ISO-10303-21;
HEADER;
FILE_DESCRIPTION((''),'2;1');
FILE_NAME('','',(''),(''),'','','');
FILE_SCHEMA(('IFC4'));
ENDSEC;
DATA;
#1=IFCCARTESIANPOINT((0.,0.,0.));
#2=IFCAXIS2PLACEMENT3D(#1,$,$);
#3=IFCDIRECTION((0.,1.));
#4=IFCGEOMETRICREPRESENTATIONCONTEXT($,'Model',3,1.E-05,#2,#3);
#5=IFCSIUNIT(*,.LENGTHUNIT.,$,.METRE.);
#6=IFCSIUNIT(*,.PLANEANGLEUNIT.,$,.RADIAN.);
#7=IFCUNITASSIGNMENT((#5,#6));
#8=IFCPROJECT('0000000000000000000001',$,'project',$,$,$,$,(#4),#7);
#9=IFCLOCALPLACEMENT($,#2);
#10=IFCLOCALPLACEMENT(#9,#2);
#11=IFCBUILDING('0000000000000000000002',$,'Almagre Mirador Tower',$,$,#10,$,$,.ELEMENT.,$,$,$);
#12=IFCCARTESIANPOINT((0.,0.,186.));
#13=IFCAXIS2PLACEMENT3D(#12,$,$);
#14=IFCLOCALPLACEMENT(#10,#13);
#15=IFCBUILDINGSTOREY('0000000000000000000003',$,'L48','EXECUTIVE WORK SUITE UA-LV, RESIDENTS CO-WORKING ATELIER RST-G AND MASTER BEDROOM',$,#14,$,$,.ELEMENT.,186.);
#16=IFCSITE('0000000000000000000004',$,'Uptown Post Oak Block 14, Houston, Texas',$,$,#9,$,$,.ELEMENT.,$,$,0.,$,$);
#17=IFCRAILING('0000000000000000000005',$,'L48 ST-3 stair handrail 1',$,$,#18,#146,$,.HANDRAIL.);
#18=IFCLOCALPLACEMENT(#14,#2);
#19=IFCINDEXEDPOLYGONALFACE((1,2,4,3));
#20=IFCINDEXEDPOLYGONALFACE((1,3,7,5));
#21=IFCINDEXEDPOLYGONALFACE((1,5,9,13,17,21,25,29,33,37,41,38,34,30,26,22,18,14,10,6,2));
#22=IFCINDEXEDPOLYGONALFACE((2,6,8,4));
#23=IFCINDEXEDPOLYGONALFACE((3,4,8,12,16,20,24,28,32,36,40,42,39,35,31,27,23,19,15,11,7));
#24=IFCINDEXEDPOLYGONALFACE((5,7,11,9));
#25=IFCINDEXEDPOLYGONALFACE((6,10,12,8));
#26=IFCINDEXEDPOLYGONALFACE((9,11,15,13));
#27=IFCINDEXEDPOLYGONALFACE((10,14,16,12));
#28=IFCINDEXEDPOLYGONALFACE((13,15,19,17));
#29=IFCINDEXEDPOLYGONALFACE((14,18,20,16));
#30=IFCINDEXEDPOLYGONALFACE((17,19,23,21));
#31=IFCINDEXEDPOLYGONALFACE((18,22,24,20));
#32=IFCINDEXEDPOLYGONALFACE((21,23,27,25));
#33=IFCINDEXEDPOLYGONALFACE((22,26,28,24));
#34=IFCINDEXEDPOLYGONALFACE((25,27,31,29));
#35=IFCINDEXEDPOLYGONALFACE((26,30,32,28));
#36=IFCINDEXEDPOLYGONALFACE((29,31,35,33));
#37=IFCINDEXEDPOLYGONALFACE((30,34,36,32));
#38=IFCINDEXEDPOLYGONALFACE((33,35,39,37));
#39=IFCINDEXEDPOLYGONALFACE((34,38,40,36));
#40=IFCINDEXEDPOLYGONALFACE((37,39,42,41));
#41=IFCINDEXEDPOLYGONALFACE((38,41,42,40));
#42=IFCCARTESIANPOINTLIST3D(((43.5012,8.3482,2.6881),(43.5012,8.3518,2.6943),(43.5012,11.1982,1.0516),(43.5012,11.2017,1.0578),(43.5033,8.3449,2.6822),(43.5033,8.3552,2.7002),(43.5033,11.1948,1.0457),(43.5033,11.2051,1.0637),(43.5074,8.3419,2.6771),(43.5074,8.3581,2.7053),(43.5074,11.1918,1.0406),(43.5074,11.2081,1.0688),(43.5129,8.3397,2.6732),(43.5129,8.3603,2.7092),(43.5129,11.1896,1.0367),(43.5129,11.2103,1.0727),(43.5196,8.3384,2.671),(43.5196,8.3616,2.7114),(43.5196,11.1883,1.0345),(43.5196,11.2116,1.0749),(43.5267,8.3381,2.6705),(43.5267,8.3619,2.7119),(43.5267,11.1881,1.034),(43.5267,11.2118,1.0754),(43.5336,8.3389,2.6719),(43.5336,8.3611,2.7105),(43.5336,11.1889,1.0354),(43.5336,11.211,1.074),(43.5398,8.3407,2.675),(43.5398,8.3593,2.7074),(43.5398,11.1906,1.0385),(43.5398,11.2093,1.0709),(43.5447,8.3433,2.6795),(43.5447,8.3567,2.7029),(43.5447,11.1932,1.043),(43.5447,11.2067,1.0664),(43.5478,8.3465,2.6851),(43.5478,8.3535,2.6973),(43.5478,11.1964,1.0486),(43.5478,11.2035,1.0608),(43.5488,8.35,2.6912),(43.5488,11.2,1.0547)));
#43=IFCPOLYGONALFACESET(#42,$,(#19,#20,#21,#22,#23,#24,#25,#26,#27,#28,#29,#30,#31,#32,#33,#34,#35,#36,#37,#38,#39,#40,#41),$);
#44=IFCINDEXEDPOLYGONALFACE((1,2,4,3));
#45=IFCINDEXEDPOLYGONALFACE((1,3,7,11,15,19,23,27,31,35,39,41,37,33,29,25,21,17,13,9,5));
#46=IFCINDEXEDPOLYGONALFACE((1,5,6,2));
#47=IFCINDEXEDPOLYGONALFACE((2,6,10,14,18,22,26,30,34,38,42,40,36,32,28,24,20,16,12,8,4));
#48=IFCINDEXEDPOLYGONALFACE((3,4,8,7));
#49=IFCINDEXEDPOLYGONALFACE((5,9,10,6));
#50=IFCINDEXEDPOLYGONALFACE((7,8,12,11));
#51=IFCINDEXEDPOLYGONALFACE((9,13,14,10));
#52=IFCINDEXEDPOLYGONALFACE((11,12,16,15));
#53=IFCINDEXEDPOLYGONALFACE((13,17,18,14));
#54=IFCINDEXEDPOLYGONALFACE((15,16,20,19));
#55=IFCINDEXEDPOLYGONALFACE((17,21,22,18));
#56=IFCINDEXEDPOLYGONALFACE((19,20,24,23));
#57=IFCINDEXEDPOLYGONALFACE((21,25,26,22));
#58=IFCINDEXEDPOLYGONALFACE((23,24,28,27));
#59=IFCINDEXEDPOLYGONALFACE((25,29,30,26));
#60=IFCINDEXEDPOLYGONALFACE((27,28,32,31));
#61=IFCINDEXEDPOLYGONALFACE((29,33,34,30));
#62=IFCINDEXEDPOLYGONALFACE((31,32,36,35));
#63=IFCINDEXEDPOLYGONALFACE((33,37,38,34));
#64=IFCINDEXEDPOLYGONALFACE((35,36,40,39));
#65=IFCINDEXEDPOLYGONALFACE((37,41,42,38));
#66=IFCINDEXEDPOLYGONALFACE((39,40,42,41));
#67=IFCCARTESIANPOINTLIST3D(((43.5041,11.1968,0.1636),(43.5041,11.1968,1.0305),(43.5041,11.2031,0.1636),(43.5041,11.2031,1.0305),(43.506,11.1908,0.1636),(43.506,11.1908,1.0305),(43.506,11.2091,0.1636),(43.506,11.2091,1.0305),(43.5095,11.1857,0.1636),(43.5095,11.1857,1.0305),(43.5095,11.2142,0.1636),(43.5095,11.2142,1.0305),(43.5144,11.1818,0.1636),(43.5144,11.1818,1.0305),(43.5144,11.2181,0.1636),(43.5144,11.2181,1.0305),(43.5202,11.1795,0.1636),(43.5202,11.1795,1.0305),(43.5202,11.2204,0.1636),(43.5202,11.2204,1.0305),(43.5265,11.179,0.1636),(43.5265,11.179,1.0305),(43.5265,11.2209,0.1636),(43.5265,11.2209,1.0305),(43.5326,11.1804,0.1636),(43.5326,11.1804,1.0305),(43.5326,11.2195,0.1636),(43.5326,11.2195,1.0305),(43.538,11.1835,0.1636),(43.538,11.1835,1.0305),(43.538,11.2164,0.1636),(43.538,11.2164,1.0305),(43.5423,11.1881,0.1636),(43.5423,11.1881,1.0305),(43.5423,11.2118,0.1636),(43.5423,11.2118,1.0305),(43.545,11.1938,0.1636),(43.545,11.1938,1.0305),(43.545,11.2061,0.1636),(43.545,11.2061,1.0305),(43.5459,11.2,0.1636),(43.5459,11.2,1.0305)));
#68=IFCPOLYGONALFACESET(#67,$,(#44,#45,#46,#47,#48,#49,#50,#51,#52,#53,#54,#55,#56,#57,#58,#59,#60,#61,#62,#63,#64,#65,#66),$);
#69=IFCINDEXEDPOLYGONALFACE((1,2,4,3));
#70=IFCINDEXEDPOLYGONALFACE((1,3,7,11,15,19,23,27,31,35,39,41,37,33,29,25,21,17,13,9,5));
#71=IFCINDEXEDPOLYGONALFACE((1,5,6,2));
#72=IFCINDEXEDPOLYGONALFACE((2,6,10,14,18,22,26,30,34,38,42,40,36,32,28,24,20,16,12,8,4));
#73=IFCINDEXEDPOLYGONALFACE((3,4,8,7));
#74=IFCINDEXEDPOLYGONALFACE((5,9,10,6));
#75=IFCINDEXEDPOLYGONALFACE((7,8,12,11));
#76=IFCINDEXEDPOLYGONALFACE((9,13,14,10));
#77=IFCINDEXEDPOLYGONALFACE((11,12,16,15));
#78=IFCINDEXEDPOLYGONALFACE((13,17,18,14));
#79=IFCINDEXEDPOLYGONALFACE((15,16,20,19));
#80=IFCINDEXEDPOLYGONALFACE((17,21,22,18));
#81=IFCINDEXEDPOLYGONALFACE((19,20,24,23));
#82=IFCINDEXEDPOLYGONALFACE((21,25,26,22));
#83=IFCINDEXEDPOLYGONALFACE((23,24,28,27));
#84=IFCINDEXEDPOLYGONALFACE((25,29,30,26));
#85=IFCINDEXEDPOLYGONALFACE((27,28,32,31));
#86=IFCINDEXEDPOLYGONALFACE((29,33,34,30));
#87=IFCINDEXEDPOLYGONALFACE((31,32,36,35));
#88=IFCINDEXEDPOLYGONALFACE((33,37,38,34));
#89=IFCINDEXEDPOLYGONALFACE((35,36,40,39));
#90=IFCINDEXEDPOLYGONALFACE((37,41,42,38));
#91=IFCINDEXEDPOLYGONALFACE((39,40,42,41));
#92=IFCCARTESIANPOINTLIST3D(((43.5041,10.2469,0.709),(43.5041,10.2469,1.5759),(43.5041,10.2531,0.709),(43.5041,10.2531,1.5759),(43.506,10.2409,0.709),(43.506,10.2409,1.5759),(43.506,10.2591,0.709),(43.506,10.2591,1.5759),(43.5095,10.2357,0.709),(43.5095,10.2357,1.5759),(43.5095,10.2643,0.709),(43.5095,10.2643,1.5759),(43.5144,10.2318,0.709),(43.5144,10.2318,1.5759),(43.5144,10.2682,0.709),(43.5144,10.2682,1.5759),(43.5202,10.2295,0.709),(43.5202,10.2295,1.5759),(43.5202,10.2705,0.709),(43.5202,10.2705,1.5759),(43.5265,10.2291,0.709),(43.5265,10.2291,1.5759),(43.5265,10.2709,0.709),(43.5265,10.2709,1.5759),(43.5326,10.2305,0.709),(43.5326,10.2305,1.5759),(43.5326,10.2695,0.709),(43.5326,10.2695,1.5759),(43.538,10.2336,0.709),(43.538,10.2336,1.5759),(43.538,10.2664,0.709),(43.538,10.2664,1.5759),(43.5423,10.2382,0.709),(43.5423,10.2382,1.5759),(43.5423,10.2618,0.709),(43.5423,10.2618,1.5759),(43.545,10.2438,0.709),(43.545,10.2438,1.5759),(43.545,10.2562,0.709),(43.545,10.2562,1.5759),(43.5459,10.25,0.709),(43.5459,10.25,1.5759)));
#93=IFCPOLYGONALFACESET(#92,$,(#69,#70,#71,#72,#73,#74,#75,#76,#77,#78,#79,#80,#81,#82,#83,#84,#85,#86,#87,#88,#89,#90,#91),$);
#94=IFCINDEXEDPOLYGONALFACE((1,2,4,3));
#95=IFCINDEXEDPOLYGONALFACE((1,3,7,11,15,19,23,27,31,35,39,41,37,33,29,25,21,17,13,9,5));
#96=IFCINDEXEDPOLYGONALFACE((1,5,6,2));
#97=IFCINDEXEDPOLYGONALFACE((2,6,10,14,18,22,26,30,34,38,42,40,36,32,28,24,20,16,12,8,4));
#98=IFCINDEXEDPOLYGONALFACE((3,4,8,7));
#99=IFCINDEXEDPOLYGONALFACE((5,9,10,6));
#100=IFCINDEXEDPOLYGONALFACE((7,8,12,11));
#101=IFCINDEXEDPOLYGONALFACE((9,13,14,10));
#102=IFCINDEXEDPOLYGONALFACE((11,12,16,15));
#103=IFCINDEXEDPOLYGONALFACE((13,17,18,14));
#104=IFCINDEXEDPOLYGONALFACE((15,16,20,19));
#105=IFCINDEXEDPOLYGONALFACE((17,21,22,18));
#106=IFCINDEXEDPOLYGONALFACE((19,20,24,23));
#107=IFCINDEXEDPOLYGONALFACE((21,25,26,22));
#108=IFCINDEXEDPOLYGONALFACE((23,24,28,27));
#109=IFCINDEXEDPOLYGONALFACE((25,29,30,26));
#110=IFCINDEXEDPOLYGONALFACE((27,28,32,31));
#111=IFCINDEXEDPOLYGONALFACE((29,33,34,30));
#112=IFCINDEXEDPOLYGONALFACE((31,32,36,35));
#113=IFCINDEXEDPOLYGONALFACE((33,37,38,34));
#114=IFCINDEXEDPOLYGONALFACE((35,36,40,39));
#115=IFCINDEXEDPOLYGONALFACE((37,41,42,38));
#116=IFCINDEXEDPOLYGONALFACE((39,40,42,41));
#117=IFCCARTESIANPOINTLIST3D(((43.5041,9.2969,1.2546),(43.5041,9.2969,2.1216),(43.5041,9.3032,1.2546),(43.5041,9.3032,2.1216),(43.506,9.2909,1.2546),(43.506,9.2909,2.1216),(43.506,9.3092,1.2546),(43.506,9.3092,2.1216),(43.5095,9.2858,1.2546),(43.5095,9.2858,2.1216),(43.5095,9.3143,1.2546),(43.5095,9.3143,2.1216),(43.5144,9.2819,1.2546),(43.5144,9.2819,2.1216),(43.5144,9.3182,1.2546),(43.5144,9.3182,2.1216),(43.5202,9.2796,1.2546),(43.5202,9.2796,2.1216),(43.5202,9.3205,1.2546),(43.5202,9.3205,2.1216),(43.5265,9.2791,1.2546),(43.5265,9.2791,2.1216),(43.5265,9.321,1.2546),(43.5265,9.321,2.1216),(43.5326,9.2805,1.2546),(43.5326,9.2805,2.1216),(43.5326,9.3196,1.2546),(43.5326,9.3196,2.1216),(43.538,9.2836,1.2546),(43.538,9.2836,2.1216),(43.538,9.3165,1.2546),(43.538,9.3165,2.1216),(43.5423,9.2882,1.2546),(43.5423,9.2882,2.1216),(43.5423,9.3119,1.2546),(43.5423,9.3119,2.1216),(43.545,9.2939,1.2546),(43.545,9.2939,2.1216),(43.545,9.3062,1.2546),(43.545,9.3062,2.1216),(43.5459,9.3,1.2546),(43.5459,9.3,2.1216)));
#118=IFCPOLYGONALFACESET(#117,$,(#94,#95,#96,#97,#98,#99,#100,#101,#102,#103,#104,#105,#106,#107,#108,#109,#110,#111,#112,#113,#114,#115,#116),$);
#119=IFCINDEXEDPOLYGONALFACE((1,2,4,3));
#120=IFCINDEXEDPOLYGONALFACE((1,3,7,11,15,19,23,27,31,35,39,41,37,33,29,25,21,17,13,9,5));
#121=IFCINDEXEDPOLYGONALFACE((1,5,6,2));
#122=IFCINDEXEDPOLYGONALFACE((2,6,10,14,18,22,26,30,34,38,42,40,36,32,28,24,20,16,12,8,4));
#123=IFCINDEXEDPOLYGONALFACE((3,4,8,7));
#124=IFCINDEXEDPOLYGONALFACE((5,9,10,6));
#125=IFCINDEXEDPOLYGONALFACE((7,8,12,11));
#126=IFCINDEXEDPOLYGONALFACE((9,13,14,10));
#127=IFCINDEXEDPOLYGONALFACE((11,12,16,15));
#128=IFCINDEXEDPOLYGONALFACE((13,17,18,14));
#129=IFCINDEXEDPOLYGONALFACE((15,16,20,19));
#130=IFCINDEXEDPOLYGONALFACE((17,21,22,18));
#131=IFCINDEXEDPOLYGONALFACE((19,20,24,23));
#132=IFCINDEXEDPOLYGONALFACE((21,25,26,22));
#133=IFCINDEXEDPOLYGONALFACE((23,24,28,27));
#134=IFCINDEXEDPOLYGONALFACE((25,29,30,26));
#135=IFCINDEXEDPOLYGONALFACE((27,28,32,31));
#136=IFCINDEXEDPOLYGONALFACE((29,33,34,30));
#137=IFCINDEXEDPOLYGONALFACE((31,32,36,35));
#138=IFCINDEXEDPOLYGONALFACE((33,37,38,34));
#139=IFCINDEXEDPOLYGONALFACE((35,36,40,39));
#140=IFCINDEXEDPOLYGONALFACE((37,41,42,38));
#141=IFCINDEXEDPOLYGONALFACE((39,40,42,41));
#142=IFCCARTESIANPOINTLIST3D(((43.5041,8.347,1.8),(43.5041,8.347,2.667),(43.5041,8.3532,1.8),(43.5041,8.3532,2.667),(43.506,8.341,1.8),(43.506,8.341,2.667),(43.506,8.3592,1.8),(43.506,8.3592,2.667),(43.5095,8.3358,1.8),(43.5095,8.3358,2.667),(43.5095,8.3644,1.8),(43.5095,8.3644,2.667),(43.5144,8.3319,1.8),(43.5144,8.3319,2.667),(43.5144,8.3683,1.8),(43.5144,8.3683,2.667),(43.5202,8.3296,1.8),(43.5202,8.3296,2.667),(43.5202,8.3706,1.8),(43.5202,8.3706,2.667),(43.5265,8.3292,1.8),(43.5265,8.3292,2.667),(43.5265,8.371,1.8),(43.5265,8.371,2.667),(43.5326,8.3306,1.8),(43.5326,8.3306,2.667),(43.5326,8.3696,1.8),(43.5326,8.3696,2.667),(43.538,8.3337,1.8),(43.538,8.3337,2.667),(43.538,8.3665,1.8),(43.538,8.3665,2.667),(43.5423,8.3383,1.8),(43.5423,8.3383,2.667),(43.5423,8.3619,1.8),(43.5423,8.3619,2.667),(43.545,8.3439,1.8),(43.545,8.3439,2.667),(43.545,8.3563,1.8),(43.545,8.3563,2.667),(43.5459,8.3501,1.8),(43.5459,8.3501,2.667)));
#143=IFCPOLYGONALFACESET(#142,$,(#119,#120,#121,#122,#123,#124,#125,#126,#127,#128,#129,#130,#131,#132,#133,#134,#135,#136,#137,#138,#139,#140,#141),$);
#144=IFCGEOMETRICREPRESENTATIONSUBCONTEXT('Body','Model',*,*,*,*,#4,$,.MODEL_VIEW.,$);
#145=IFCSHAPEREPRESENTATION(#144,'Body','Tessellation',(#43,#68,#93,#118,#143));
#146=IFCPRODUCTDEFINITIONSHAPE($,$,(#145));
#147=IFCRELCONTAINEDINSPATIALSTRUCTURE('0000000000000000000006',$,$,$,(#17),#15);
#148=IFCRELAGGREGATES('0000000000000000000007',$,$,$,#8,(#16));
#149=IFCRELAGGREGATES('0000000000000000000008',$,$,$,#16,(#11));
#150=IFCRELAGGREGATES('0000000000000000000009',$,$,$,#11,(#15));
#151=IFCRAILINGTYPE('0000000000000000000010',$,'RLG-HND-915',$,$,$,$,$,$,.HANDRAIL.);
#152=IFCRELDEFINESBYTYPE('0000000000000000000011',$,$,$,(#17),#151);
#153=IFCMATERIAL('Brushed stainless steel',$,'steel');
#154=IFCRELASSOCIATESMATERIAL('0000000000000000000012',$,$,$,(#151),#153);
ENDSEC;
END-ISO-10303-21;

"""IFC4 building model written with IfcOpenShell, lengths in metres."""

from ifc_helpers import new_model, si_unit, direction, frame, origin, origin_2d, place, context, subcontext, project, spatial, circle, extrude, material, type_object, element, save


model = new_model("IFC4")

# Units and contexts
model_context = context("Model", 3, precision=1e-05, world=origin(), true_north=direction((0.0, 1.0)))
body_context = subcontext(model_context, "Body", "Model", "MODEL_VIEW")
ifc_project = project(units=[si_unit("LENGTHUNIT", "METRE"), si_unit("PLANEANGLEUNIT", "RADIAN")], contexts=[model_context])

# Site, building, storey
site_placement = place(None, origin())
site = spatial("IfcSite", under=ifc_project, at=site_placement, Name="Uptown Post Oak Block 14, Houston, Texas", CompositionType="ELEMENT", RefElevation=0.0)
building_placement = place(site_placement, origin())
building = spatial("IfcBuilding", under=site, at=building_placement, Name="Almagre Mirador Tower", CompositionType="ELEMENT")
storey_placement = place(building_placement, frame((0.0, 0.0, 186.0)))
storey = spatial("IfcBuildingStorey", under=building, at=storey_placement, Name="L48", Description="EXECUTIVE WORK SUITE UA-LV, RESIDENTS CO-WORKING ATELIER RST-G AND MASTER BEDROOM", CompositionType="ELEMENT", Elevation=186.0)

# Railing
ifc_material_1 = material(Name="Brushed stainless steel", Category="steel")
railing_type_1 = type_object("IfcRailingType", Name="RLG-HND-915", PredefinedType="HANDRAIL", material=ifc_material_1)
railing_1_placement = place(storey_placement, frame((43.5249, 11.2, 0.1636)))
element("IfcRailing", 1, at=railing_1_placement, inside=storey, type_object=railing_type_1, Name="L48 ST-3 stair handrail 1", PredefinedType="HANDRAIL", context=body_context, shape_type="SweptSolid", body=[
    extrude(circle(Radius=0.0239, at=origin_2d()), frame((0.0, 0.0, 0.8911), z_axis=(0.0, -0.867194, 0.49797), x_axis=(1.0, 0.0, 0.0)), (0.0, 0.0, 1.0), 3.2864),
    extrude(circle(Radius=0.021, at=origin_2d()), origin(), (0.0, 0.0, 1.0), 0.8669),
    extrude(circle(Radius=0.021, at=origin_2d()), frame((0.0, -0.95, 0.5454)), (0.0, 0.0, 1.0), 0.8669),
    extrude(circle(Radius=0.021, at=origin_2d()), frame((0.0, -1.8999, 1.0911)), (0.0, 0.0, 1.0), 0.8669),
    extrude(circle(Radius=0.021, at=origin_2d()), frame((0.0, -2.8499, 1.6365)), (0.0, 0.0, 1.0), 0.8669),
])

save(model, "model.ifc")
